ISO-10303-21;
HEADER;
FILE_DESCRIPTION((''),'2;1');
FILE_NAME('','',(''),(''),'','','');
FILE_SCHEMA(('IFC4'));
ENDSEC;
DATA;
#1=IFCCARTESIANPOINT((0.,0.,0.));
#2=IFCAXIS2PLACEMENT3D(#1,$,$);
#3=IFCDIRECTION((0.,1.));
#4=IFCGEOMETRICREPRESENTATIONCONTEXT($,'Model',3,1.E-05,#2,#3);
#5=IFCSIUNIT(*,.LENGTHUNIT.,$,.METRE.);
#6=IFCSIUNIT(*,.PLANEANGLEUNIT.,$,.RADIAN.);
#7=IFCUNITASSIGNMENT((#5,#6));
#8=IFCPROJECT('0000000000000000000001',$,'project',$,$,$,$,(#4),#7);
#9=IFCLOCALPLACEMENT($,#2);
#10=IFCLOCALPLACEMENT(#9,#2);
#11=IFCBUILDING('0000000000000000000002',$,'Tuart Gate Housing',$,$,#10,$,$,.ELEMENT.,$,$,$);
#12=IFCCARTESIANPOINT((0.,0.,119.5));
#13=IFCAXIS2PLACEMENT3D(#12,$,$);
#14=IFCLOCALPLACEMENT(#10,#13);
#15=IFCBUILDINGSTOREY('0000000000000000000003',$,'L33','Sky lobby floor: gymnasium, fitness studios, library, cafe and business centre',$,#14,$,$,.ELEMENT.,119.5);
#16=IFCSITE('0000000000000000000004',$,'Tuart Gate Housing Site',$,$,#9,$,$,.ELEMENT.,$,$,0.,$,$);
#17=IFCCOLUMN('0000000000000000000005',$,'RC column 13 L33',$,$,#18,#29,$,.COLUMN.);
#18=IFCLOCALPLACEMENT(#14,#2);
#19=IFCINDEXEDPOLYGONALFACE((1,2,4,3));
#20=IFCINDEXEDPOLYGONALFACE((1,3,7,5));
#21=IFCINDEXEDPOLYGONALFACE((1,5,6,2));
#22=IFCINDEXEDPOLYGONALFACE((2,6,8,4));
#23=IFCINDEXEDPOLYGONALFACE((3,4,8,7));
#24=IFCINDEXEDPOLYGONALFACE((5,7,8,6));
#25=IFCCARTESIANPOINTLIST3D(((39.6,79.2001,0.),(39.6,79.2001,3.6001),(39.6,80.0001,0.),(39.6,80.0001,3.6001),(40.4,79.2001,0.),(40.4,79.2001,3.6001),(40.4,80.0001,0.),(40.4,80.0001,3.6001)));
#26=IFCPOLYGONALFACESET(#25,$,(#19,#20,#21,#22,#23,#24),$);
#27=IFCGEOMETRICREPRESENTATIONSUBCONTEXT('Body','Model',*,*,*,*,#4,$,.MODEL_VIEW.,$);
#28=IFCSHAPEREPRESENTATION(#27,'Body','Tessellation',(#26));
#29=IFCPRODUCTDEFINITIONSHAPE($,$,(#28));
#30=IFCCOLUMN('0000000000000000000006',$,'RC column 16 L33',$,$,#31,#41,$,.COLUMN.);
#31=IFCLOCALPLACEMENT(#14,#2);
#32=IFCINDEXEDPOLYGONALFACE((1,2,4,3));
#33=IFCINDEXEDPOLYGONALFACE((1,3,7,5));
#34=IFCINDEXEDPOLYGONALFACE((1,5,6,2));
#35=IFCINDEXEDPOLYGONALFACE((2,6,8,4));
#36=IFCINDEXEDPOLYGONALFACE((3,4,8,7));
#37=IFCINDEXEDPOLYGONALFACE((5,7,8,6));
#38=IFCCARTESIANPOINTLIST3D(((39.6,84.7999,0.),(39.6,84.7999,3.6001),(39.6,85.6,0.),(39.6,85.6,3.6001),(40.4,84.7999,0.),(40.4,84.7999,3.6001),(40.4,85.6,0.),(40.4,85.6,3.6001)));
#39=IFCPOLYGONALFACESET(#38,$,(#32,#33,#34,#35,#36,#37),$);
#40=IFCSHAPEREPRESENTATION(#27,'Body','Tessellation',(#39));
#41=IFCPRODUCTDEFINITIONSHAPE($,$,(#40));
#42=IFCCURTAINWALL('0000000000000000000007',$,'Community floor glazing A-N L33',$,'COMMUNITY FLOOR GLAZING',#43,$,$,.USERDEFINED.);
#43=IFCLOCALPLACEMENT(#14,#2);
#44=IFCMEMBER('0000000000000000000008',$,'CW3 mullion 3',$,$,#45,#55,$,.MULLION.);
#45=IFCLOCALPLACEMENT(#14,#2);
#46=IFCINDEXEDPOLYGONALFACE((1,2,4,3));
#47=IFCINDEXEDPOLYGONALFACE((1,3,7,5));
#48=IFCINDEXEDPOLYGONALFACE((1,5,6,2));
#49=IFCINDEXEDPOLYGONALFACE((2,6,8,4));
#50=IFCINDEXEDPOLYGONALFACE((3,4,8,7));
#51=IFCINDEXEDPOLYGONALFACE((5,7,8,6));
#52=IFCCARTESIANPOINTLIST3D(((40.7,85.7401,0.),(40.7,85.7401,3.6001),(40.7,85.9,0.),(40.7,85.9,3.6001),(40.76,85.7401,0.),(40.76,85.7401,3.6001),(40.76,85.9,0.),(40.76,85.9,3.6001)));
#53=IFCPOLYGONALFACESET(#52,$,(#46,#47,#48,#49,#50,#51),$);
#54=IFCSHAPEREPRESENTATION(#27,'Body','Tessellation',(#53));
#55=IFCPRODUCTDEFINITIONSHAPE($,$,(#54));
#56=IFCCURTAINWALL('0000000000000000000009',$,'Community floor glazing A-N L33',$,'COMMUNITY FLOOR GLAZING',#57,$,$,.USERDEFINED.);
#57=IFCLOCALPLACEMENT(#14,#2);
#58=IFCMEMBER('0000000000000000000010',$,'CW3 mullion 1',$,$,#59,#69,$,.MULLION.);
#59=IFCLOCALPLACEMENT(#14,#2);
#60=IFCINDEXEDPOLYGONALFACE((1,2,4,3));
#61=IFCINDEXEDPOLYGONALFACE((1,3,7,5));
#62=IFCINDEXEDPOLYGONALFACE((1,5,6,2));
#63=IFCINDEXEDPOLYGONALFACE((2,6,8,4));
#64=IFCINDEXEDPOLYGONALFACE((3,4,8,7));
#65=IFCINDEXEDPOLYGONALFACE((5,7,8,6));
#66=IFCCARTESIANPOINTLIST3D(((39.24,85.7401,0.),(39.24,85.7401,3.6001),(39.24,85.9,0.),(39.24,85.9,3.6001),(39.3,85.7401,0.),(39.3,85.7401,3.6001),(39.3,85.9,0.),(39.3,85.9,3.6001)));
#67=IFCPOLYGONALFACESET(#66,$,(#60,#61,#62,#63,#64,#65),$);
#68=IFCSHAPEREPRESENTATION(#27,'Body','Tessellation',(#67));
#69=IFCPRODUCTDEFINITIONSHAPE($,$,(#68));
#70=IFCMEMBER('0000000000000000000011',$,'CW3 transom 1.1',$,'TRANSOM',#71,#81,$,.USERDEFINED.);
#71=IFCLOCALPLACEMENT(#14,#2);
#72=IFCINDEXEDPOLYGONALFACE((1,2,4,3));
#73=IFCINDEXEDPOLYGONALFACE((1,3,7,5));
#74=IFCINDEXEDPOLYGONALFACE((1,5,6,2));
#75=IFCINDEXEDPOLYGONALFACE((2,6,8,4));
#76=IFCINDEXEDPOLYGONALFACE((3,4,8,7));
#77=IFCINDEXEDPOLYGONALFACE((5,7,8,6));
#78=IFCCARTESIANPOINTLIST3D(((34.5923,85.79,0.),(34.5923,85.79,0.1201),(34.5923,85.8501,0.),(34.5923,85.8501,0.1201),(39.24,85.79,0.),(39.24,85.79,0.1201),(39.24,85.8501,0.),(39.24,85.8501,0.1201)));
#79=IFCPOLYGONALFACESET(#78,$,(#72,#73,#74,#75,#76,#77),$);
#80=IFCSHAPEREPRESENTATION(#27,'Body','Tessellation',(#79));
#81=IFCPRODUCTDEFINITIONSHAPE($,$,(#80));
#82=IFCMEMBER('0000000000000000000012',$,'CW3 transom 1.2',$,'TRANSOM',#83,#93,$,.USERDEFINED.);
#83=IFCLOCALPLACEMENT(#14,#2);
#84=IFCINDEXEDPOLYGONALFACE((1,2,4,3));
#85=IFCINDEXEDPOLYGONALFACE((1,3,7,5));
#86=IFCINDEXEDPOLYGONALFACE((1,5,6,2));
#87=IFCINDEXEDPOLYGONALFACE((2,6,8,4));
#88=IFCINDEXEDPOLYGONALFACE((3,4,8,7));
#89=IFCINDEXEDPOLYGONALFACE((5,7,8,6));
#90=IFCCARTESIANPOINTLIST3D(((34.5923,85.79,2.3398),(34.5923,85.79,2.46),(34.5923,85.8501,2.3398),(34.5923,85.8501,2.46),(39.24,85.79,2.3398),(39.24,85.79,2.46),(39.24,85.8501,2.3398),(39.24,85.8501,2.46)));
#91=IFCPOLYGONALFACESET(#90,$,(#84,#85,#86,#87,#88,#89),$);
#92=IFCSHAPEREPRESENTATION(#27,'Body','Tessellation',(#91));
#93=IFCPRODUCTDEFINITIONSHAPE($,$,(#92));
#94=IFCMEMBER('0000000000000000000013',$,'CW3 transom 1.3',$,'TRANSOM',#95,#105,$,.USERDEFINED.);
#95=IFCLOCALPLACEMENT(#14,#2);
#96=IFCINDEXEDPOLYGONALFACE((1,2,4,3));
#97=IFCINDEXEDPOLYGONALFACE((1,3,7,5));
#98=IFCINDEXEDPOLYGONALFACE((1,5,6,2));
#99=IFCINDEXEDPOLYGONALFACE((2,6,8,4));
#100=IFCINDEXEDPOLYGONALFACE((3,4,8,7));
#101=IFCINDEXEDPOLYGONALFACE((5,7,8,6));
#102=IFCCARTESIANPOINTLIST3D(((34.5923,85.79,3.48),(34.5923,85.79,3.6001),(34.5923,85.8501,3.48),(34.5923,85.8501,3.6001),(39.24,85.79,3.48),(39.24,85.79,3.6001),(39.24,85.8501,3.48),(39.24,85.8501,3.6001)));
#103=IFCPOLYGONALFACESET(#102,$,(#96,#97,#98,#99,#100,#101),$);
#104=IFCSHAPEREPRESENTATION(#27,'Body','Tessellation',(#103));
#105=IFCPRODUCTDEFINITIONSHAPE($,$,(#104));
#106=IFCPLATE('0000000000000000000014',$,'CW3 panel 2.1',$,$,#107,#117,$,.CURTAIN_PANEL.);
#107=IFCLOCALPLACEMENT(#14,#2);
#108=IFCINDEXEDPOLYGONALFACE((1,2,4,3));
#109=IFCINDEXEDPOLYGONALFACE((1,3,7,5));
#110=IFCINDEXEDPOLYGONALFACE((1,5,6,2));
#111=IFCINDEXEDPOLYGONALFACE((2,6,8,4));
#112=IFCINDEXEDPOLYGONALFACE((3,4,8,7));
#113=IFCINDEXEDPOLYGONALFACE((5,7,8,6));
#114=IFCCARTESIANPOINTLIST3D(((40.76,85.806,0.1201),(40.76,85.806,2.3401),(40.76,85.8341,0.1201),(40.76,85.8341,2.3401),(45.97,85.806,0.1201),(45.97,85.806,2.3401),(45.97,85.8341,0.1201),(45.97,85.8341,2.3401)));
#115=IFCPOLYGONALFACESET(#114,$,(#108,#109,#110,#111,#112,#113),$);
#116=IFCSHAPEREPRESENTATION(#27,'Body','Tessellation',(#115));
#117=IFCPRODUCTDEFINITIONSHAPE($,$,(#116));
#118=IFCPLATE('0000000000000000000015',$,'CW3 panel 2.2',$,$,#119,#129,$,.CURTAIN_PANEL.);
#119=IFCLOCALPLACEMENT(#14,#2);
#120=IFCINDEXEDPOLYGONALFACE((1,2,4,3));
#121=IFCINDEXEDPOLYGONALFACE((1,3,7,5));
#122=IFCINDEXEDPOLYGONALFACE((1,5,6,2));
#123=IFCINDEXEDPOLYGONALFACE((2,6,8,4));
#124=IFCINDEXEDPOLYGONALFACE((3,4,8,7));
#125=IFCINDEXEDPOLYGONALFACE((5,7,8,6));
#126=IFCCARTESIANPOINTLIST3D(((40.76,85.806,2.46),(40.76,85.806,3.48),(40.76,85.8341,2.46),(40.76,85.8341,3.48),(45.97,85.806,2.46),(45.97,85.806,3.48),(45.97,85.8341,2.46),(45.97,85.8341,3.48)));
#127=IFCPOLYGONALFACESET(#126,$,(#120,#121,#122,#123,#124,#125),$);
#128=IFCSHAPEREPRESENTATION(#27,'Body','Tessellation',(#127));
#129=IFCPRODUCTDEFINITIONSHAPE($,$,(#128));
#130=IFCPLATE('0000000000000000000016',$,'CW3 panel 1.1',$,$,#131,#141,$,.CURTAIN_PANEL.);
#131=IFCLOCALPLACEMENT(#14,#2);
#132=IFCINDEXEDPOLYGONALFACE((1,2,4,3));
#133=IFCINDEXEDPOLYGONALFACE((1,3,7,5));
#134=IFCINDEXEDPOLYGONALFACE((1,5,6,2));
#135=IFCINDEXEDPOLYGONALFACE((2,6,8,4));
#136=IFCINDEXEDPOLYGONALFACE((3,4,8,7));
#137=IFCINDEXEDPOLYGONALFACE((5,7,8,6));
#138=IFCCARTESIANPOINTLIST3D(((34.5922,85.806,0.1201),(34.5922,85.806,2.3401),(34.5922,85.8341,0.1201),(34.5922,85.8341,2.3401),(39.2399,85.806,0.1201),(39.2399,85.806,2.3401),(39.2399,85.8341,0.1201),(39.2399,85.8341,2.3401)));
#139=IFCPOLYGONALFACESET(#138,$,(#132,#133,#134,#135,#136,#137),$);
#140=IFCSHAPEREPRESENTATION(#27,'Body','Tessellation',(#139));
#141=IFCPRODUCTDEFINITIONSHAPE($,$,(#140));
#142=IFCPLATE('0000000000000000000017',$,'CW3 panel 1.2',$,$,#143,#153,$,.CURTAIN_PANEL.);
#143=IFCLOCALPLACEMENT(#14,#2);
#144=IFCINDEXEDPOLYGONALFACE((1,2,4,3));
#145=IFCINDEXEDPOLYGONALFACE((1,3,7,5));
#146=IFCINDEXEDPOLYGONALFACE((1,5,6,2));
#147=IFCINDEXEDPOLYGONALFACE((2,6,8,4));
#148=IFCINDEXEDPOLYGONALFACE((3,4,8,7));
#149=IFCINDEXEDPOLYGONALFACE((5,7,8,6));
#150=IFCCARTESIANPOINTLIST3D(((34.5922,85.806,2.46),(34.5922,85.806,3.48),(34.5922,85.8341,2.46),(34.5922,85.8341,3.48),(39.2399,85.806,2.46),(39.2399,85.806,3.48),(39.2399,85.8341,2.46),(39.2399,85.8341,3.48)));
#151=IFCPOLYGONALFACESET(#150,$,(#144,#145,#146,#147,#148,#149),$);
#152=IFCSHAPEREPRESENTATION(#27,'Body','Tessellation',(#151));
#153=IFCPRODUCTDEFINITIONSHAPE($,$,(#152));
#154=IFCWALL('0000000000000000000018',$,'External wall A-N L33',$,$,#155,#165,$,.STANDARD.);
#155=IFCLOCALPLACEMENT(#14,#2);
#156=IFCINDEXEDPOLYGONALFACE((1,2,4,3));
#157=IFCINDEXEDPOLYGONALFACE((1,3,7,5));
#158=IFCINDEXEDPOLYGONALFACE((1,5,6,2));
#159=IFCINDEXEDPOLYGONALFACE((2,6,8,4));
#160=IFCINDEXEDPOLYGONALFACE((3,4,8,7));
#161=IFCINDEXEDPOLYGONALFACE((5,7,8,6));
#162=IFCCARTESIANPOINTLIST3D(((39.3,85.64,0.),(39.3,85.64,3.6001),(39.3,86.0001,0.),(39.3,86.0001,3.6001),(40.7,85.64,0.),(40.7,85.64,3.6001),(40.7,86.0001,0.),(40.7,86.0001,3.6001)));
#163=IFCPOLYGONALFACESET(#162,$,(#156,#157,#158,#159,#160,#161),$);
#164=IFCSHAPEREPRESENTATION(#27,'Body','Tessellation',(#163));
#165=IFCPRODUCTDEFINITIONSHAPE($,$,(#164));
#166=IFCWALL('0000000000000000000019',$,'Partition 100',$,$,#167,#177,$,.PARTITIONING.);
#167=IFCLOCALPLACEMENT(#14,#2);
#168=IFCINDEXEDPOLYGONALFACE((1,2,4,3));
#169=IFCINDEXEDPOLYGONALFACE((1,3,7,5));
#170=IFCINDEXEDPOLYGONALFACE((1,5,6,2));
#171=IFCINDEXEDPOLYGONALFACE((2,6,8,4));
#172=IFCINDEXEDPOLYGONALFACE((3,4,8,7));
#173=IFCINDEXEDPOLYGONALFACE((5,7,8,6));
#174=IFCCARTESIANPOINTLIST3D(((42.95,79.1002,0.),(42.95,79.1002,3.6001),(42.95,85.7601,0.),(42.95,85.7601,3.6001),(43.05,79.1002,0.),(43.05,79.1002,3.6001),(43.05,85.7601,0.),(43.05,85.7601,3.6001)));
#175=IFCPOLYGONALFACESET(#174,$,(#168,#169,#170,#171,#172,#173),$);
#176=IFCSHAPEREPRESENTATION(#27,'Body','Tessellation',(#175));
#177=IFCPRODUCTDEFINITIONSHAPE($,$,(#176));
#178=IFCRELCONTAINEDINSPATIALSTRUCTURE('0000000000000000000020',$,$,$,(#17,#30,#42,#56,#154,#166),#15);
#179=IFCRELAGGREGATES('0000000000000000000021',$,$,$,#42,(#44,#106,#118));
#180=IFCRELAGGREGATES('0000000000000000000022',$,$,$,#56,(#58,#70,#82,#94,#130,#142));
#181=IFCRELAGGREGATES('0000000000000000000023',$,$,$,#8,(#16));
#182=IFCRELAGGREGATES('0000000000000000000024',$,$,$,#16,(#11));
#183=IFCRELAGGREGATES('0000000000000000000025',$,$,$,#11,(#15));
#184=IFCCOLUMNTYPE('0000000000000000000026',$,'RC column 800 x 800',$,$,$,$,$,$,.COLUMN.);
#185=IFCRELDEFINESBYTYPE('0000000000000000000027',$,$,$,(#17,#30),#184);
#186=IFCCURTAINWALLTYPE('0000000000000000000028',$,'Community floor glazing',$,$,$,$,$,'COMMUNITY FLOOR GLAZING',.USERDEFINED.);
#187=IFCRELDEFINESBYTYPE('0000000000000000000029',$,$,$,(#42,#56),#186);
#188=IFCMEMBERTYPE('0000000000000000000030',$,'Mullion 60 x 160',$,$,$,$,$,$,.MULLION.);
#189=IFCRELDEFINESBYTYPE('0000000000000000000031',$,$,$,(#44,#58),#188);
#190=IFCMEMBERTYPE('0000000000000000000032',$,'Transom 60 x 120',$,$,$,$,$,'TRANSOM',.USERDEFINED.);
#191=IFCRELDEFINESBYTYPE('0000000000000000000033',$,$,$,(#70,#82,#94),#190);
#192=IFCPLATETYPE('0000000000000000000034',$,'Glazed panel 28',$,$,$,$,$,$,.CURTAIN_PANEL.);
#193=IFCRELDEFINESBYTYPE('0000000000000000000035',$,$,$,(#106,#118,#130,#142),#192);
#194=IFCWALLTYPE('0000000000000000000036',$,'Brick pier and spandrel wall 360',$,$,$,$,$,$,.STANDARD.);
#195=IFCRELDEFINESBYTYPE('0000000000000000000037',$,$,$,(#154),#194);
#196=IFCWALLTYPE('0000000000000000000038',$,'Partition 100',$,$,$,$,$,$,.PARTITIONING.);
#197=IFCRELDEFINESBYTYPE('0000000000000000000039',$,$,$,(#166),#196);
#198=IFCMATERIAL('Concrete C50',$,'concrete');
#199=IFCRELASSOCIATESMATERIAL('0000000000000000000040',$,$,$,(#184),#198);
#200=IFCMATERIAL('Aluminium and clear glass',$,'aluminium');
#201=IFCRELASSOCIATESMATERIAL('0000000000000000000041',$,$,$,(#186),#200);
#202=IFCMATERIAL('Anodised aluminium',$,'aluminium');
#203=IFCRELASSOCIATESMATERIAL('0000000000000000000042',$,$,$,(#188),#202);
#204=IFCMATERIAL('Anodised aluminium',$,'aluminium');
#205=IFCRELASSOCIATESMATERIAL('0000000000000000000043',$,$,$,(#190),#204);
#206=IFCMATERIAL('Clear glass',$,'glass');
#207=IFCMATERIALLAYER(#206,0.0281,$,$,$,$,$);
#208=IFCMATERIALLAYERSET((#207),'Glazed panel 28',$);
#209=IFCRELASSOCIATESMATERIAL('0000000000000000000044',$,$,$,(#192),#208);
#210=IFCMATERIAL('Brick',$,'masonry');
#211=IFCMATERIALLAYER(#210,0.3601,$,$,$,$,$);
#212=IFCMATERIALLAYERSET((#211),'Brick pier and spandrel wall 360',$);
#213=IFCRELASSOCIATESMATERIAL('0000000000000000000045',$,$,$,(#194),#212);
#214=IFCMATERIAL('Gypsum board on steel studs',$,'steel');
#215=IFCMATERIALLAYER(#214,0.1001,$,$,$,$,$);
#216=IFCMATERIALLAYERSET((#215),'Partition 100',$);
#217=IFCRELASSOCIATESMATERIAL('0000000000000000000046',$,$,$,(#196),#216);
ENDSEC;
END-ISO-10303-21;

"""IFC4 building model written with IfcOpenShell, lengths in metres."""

from ifc_helpers import new_model, si_unit, direction, frame, frame_2d, origin, origin_2d, place, context, subcontext, project, spatial, rectangle, extrude, material, layer, layer_set, material_profile, profile_set, type_object, element, aggregate, save


model = new_model("IFC4")

# Units and contexts
model_context = context("Model", 3, precision=1e-05, world=origin(), true_north=direction((0.0, 1.0)))
body_context = subcontext(model_context, "Body", "Model", "MODEL_VIEW")
ifc_project = project(units=[si_unit("LENGTHUNIT", "METRE"), si_unit("PLANEANGLEUNIT", "RADIAN")], contexts=[model_context])

# Site, building, storey
site_placement = place(None, origin())
site = spatial("IfcSite", under=ifc_project, at=site_placement, Name="Tuart Gate Housing Site", CompositionType="ELEMENT", RefElevation=0.0)
building_placement = place(site_placement, origin())
building = spatial("IfcBuilding", under=site, at=building_placement, Name="Tuart Gate Housing", CompositionType="ELEMENT")
storey_placement = place(building_placement, frame((0.0, 0.0, 119.5)))
storey = spatial("IfcBuildingStorey", under=building, at=storey_placement, Name="L33", Description="Sky lobby floor: gymnasium, fitness studios, library, cafe and business centre", CompositionType="ELEMENT", Elevation=119.5)

# Columns
ifc_material_1 = material(Name="Concrete C50", Category="concrete")
ifc_material_profile_1 = material_profile(ifc_material_1, rectangle(XDim=0.8, YDim=0.8, at=origin_2d()), Name="RC column 800 x 800")
ifc_profile_set_1 = profile_set([ifc_material_profile_1], Name="Concrete C50")
column_type = type_object("IfcColumnType", Name="RC column 800 x 800", PredefinedType="COLUMN", material=ifc_profile_set_1)
for number, where, z_axis, x_axis, name in (
    (1, (40.0, 79.6001, 0.0), (0.0, 0.0, 1.0), (1.0, 0.0, 0.0), "RC column 13 L33"),
    (2, (40.0, 85.2, 0.0), (0.0, 0.0, 1.0), (1.0, 0.0, 0.0), "RC column 16 L33"),
):
    element("IfcColumn", number, at=place(storey_placement, frame(where, z_axis=z_axis, x_axis=x_axis)), inside=storey, type_object=column_type, Name=name, PredefinedType="COLUMN", context=body_context, shape_type="SweptSolid", body=[
        extrude(rectangle(XDim=0.8, YDim=0.8, at=origin_2d()), origin(), (0.0, 0.0, 1.0), 3.6001),
    ])

# Curtain wall, member
ifc_material_2 = material(Name="Aluminium and clear glass", Category="aluminium")
curtain_wall_type = type_object("IfcCurtainWallType", Name="Community floor glazing", ElementType="COMMUNITY FLOOR GLAZING", PredefinedType="USERDEFINED", material=ifc_material_2)
curtain_wall_1_placement = place(storey_placement, origin())
curtain_wall_1 = element("IfcCurtainWall", 3, at=curtain_wall_1_placement, inside=storey, type_object=curtain_wall_type, Name="Community floor glazing A-N L33", ObjectType="COMMUNITY FLOOR GLAZING", PredefinedType="USERDEFINED")
ifc_material_3 = material(Name="Anodised aluminium", Category="aluminium")
ifc_material_profile_2 = material_profile(ifc_material_3, rectangle(XDim=0.0601, YDim=0.1599, at=origin_2d()), Name="60x160")
ifc_profile_set_2 = profile_set([ifc_material_profile_2], Name="Anodised aluminium")
member_type_1 = type_object("IfcMemberType", Name="Mullion 60 x 160", PredefinedType="MULLION", material=ifc_profile_set_2)
member_1_placement = place(storey_placement, frame((40.73, 85.8201, 0.0), z_axis=(0.0, 0.0, 1.0), x_axis=(-1.0, 0.0, 0.0)))
member_1 = element("IfcMember", 4, at=member_1_placement, type_object=member_type_1, Name="CW3 mullion 3", PredefinedType="MULLION", context=body_context, shape_type="SweptSolid", body=[
    extrude(rectangle(XDim=0.0601, YDim=0.1599, at=origin_2d()), origin(), (0.0, 0.0, 1.0), 3.6001),
])

# Curtain wall, members
curtain_wall_2_placement = place(storey_placement, origin())
curtain_wall_2 = element("IfcCurtainWall", 5, at=curtain_wall_2_placement, inside=storey, type_object=curtain_wall_type, Name="Community floor glazing A-N L33", ObjectType="COMMUNITY FLOOR GLAZING", PredefinedType="USERDEFINED")
member_2_placement = place(storey_placement, frame((39.27, 85.8201, 0.0), z_axis=(0.0, 0.0, 1.0), x_axis=(-1.0, 0.0, 0.0)))
member_2 = element("IfcMember", 6, at=member_2_placement, type_object=member_type_1, Name="CW3 mullion 1", PredefinedType="MULLION", context=body_context, shape_type="SweptSolid", body=[
    extrude(rectangle(XDim=0.0601, YDim=0.1599, at=origin_2d()), origin(), (0.0, 0.0, 1.0), 3.6001),
])
ifc_material_4 = material(Name="Anodised aluminium", Category="aluminium")
ifc_material_profile_3 = material_profile(ifc_material_4, rectangle(XDim=0.0601, YDim=0.1201, at=origin_2d()), Name="60x120")
ifc_profile_set_3 = profile_set([ifc_material_profile_3], Name="Anodised aluminium")
member_type_2 = type_object("IfcMemberType", Name="Transom 60 x 120", ElementType="TRANSOM", PredefinedType="USERDEFINED", material=ifc_profile_set_3)
member_3_placement = place(storey_placement, frame((39.24, 85.8201, 0.0601), z_axis=(-1.0, 0.0, 0.0), x_axis=(0.0, -1.0, 0.0)))
member_3 = element("IfcMember", 7, at=member_3_placement, type_object=member_type_2, Name="CW3 transom 1.1", ObjectType="TRANSOM", PredefinedType="USERDEFINED", context=body_context, shape_type="SweptSolid", body=[
    extrude(rectangle(XDim=0.0601, YDim=0.1201, at=origin_2d()), origin(), (0.0, 0.0, 1.0), 4.6477),
])
member_4_placement = place(storey_placement, frame((39.24, 85.8201, 2.3999), z_axis=(-1.0, 0.0, 0.0), x_axis=(0.0, -1.0, 0.0)))
member_4 = element("IfcMember", 8, at=member_4_placement, type_object=member_type_2, Name="CW3 transom 1.2", ObjectType="TRANSOM", PredefinedType="USERDEFINED", context=body_context, shape_type="SweptSolid", body=[
    extrude(rectangle(XDim=0.0601, YDim=0.1201, at=origin_2d()), origin(), (0.0, 0.0, 1.0), 4.6477),
])
member_5_placement = place(storey_placement, frame((39.24, 85.8201, 3.54), z_axis=(-1.0, 0.0, 0.0), x_axis=(0.0, -1.0, 0.0)))
member_5 = element("IfcMember", 9, at=member_5_placement, type_object=member_type_2, Name="CW3 transom 1.3", ObjectType="TRANSOM", PredefinedType="USERDEFINED", context=body_context, shape_type="SweptSolid", body=[
    extrude(rectangle(XDim=0.0601, YDim=0.1201, at=origin_2d()), origin(), (0.0, 0.0, 1.0), 4.6477),
])

# Plates
ifc_material_5 = material(Name="Clear glass", Category="glass")
ifc_layer_1 = layer(ifc_material_5, 0.0281)
ifc_layer_set_1 = layer_set([ifc_layer_1], Name="Glazed panel 28")
plate_type = type_object("IfcPlateType", Name="Glazed panel 28", PredefinedType="CURTAIN_PANEL", material=ifc_layer_set_1)
plate_1_placement = place(storey_placement, frame((43.365, 85.8201, 0.1201), z_axis=(0.0, 0.0, 1.0), x_axis=(-1.0, 0.0, 0.0)))
plate_1 = element("IfcPlate", 10, at=plate_1_placement, type_object=plate_type, Name="CW3 panel 2.1", PredefinedType="CURTAIN_PANEL", context=body_context, shape_type="SweptSolid", body=[
    extrude(rectangle(XDim=5.21, YDim=0.0281, at=origin_2d()), origin(), (0.0, 0.0, 1.0), 2.22),
])
plate_2_placement = place(storey_placement, frame((43.365, 85.8201, 2.46), z_axis=(0.0, 0.0, 1.0), x_axis=(-1.0, 0.0, 0.0)))
plate_2 = element("IfcPlate", 11, at=plate_2_placement, type_object=plate_type, Name="CW3 panel 2.2", PredefinedType="CURTAIN_PANEL", context=body_context, shape_type="SweptSolid", body=[
    extrude(rectangle(XDim=5.21, YDim=0.0281, at=origin_2d()), origin(), (0.0, 0.0, 1.0), 1.02),
])
aggregate(curtain_wall_1, [member_1, plate_1, plate_2])
plate_3_placement = place(storey_placement, frame((36.916, 85.8201, 0.1201), z_axis=(0.0, 0.0, 1.0), x_axis=(-1.0, 0.0, 0.0)))
plate_3 = element("IfcPlate", 12, at=plate_3_placement, type_object=plate_type, Name="CW3 panel 1.1", PredefinedType="CURTAIN_PANEL", context=body_context, shape_type="SweptSolid", body=[
    extrude(rectangle(XDim=4.6477, YDim=0.0281, at=origin_2d()), origin(), (0.0, 0.0, 1.0), 2.22),
])
plate_4_placement = place(storey_placement, frame((36.916, 85.8201, 2.46), z_axis=(0.0, 0.0, 1.0), x_axis=(-1.0, 0.0, 0.0)))
plate_4 = element("IfcPlate", 13, at=plate_4_placement, type_object=plate_type, Name="CW3 panel 1.2", PredefinedType="CURTAIN_PANEL", context=body_context, shape_type="SweptSolid", body=[
    extrude(rectangle(XDim=4.6477, YDim=0.0281, at=origin_2d()), origin(), (0.0, 0.0, 1.0), 1.02),
])
aggregate(curtain_wall_2, [member_2, member_3, member_4, member_5, plate_3, plate_4])

# Walls
ifc_material_6 = material(Name="Brick", Category="masonry")
ifc_layer_2 = layer(ifc_material_6, 0.3601)
ifc_layer_set_2 = layer_set([ifc_layer_2], Name="Brick pier and spandrel wall 360")
wall_type_1 = type_object("IfcWallType", Name="Brick pier and spandrel wall 360", PredefinedType="STANDARD", material=ifc_layer_set_2)
wall_1_placement = place(storey_placement, frame((40.7, 85.8201, 0.0), z_axis=(0.0, 0.0, 1.0), x_axis=(-1.0, 0.0, 0.0)))
element("IfcWall", 14, at=wall_1_placement, inside=storey, type_object=wall_type_1, Name="External wall A-N L33", PredefinedType="STANDARD", context=body_context, shape_type="SweptSolid", body=[
    extrude(rectangle(XDim=1.3999, YDim=0.3601, at=frame_2d((0.7, 0.0))), origin(), (0.0, 0.0, 1.0), 3.6001),
])
ifc_material_7 = material(Name="Gypsum board on steel studs", Category="steel")
ifc_layer_3 = layer(ifc_material_7, 0.1001)
ifc_layer_set_3 = layer_set([ifc_layer_3], Name="Partition 100")
wall_type_2 = type_object("IfcWallType", Name="Partition 100", PredefinedType="PARTITIONING", material=ifc_layer_set_3)
wall_2_placement = place(storey_placement, frame((43.0, 79.1001, 0.0), z_axis=(0.0, 0.0, 1.0), x_axis=(0.0, 1.0, 0.0)))
element("IfcWall", 15, at=wall_2_placement, inside=storey, type_object=wall_type_2, Name="Partition 100", PredefinedType="PARTITIONING", context=body_context, shape_type="SweptSolid", body=[
    extrude(rectangle(XDim=6.6599, YDim=0.1001, at=frame_2d((3.3301, 0.0))), origin(), (0.0, 0.0, 1.0), 3.6001),
])

save(model, "model.ifc")
